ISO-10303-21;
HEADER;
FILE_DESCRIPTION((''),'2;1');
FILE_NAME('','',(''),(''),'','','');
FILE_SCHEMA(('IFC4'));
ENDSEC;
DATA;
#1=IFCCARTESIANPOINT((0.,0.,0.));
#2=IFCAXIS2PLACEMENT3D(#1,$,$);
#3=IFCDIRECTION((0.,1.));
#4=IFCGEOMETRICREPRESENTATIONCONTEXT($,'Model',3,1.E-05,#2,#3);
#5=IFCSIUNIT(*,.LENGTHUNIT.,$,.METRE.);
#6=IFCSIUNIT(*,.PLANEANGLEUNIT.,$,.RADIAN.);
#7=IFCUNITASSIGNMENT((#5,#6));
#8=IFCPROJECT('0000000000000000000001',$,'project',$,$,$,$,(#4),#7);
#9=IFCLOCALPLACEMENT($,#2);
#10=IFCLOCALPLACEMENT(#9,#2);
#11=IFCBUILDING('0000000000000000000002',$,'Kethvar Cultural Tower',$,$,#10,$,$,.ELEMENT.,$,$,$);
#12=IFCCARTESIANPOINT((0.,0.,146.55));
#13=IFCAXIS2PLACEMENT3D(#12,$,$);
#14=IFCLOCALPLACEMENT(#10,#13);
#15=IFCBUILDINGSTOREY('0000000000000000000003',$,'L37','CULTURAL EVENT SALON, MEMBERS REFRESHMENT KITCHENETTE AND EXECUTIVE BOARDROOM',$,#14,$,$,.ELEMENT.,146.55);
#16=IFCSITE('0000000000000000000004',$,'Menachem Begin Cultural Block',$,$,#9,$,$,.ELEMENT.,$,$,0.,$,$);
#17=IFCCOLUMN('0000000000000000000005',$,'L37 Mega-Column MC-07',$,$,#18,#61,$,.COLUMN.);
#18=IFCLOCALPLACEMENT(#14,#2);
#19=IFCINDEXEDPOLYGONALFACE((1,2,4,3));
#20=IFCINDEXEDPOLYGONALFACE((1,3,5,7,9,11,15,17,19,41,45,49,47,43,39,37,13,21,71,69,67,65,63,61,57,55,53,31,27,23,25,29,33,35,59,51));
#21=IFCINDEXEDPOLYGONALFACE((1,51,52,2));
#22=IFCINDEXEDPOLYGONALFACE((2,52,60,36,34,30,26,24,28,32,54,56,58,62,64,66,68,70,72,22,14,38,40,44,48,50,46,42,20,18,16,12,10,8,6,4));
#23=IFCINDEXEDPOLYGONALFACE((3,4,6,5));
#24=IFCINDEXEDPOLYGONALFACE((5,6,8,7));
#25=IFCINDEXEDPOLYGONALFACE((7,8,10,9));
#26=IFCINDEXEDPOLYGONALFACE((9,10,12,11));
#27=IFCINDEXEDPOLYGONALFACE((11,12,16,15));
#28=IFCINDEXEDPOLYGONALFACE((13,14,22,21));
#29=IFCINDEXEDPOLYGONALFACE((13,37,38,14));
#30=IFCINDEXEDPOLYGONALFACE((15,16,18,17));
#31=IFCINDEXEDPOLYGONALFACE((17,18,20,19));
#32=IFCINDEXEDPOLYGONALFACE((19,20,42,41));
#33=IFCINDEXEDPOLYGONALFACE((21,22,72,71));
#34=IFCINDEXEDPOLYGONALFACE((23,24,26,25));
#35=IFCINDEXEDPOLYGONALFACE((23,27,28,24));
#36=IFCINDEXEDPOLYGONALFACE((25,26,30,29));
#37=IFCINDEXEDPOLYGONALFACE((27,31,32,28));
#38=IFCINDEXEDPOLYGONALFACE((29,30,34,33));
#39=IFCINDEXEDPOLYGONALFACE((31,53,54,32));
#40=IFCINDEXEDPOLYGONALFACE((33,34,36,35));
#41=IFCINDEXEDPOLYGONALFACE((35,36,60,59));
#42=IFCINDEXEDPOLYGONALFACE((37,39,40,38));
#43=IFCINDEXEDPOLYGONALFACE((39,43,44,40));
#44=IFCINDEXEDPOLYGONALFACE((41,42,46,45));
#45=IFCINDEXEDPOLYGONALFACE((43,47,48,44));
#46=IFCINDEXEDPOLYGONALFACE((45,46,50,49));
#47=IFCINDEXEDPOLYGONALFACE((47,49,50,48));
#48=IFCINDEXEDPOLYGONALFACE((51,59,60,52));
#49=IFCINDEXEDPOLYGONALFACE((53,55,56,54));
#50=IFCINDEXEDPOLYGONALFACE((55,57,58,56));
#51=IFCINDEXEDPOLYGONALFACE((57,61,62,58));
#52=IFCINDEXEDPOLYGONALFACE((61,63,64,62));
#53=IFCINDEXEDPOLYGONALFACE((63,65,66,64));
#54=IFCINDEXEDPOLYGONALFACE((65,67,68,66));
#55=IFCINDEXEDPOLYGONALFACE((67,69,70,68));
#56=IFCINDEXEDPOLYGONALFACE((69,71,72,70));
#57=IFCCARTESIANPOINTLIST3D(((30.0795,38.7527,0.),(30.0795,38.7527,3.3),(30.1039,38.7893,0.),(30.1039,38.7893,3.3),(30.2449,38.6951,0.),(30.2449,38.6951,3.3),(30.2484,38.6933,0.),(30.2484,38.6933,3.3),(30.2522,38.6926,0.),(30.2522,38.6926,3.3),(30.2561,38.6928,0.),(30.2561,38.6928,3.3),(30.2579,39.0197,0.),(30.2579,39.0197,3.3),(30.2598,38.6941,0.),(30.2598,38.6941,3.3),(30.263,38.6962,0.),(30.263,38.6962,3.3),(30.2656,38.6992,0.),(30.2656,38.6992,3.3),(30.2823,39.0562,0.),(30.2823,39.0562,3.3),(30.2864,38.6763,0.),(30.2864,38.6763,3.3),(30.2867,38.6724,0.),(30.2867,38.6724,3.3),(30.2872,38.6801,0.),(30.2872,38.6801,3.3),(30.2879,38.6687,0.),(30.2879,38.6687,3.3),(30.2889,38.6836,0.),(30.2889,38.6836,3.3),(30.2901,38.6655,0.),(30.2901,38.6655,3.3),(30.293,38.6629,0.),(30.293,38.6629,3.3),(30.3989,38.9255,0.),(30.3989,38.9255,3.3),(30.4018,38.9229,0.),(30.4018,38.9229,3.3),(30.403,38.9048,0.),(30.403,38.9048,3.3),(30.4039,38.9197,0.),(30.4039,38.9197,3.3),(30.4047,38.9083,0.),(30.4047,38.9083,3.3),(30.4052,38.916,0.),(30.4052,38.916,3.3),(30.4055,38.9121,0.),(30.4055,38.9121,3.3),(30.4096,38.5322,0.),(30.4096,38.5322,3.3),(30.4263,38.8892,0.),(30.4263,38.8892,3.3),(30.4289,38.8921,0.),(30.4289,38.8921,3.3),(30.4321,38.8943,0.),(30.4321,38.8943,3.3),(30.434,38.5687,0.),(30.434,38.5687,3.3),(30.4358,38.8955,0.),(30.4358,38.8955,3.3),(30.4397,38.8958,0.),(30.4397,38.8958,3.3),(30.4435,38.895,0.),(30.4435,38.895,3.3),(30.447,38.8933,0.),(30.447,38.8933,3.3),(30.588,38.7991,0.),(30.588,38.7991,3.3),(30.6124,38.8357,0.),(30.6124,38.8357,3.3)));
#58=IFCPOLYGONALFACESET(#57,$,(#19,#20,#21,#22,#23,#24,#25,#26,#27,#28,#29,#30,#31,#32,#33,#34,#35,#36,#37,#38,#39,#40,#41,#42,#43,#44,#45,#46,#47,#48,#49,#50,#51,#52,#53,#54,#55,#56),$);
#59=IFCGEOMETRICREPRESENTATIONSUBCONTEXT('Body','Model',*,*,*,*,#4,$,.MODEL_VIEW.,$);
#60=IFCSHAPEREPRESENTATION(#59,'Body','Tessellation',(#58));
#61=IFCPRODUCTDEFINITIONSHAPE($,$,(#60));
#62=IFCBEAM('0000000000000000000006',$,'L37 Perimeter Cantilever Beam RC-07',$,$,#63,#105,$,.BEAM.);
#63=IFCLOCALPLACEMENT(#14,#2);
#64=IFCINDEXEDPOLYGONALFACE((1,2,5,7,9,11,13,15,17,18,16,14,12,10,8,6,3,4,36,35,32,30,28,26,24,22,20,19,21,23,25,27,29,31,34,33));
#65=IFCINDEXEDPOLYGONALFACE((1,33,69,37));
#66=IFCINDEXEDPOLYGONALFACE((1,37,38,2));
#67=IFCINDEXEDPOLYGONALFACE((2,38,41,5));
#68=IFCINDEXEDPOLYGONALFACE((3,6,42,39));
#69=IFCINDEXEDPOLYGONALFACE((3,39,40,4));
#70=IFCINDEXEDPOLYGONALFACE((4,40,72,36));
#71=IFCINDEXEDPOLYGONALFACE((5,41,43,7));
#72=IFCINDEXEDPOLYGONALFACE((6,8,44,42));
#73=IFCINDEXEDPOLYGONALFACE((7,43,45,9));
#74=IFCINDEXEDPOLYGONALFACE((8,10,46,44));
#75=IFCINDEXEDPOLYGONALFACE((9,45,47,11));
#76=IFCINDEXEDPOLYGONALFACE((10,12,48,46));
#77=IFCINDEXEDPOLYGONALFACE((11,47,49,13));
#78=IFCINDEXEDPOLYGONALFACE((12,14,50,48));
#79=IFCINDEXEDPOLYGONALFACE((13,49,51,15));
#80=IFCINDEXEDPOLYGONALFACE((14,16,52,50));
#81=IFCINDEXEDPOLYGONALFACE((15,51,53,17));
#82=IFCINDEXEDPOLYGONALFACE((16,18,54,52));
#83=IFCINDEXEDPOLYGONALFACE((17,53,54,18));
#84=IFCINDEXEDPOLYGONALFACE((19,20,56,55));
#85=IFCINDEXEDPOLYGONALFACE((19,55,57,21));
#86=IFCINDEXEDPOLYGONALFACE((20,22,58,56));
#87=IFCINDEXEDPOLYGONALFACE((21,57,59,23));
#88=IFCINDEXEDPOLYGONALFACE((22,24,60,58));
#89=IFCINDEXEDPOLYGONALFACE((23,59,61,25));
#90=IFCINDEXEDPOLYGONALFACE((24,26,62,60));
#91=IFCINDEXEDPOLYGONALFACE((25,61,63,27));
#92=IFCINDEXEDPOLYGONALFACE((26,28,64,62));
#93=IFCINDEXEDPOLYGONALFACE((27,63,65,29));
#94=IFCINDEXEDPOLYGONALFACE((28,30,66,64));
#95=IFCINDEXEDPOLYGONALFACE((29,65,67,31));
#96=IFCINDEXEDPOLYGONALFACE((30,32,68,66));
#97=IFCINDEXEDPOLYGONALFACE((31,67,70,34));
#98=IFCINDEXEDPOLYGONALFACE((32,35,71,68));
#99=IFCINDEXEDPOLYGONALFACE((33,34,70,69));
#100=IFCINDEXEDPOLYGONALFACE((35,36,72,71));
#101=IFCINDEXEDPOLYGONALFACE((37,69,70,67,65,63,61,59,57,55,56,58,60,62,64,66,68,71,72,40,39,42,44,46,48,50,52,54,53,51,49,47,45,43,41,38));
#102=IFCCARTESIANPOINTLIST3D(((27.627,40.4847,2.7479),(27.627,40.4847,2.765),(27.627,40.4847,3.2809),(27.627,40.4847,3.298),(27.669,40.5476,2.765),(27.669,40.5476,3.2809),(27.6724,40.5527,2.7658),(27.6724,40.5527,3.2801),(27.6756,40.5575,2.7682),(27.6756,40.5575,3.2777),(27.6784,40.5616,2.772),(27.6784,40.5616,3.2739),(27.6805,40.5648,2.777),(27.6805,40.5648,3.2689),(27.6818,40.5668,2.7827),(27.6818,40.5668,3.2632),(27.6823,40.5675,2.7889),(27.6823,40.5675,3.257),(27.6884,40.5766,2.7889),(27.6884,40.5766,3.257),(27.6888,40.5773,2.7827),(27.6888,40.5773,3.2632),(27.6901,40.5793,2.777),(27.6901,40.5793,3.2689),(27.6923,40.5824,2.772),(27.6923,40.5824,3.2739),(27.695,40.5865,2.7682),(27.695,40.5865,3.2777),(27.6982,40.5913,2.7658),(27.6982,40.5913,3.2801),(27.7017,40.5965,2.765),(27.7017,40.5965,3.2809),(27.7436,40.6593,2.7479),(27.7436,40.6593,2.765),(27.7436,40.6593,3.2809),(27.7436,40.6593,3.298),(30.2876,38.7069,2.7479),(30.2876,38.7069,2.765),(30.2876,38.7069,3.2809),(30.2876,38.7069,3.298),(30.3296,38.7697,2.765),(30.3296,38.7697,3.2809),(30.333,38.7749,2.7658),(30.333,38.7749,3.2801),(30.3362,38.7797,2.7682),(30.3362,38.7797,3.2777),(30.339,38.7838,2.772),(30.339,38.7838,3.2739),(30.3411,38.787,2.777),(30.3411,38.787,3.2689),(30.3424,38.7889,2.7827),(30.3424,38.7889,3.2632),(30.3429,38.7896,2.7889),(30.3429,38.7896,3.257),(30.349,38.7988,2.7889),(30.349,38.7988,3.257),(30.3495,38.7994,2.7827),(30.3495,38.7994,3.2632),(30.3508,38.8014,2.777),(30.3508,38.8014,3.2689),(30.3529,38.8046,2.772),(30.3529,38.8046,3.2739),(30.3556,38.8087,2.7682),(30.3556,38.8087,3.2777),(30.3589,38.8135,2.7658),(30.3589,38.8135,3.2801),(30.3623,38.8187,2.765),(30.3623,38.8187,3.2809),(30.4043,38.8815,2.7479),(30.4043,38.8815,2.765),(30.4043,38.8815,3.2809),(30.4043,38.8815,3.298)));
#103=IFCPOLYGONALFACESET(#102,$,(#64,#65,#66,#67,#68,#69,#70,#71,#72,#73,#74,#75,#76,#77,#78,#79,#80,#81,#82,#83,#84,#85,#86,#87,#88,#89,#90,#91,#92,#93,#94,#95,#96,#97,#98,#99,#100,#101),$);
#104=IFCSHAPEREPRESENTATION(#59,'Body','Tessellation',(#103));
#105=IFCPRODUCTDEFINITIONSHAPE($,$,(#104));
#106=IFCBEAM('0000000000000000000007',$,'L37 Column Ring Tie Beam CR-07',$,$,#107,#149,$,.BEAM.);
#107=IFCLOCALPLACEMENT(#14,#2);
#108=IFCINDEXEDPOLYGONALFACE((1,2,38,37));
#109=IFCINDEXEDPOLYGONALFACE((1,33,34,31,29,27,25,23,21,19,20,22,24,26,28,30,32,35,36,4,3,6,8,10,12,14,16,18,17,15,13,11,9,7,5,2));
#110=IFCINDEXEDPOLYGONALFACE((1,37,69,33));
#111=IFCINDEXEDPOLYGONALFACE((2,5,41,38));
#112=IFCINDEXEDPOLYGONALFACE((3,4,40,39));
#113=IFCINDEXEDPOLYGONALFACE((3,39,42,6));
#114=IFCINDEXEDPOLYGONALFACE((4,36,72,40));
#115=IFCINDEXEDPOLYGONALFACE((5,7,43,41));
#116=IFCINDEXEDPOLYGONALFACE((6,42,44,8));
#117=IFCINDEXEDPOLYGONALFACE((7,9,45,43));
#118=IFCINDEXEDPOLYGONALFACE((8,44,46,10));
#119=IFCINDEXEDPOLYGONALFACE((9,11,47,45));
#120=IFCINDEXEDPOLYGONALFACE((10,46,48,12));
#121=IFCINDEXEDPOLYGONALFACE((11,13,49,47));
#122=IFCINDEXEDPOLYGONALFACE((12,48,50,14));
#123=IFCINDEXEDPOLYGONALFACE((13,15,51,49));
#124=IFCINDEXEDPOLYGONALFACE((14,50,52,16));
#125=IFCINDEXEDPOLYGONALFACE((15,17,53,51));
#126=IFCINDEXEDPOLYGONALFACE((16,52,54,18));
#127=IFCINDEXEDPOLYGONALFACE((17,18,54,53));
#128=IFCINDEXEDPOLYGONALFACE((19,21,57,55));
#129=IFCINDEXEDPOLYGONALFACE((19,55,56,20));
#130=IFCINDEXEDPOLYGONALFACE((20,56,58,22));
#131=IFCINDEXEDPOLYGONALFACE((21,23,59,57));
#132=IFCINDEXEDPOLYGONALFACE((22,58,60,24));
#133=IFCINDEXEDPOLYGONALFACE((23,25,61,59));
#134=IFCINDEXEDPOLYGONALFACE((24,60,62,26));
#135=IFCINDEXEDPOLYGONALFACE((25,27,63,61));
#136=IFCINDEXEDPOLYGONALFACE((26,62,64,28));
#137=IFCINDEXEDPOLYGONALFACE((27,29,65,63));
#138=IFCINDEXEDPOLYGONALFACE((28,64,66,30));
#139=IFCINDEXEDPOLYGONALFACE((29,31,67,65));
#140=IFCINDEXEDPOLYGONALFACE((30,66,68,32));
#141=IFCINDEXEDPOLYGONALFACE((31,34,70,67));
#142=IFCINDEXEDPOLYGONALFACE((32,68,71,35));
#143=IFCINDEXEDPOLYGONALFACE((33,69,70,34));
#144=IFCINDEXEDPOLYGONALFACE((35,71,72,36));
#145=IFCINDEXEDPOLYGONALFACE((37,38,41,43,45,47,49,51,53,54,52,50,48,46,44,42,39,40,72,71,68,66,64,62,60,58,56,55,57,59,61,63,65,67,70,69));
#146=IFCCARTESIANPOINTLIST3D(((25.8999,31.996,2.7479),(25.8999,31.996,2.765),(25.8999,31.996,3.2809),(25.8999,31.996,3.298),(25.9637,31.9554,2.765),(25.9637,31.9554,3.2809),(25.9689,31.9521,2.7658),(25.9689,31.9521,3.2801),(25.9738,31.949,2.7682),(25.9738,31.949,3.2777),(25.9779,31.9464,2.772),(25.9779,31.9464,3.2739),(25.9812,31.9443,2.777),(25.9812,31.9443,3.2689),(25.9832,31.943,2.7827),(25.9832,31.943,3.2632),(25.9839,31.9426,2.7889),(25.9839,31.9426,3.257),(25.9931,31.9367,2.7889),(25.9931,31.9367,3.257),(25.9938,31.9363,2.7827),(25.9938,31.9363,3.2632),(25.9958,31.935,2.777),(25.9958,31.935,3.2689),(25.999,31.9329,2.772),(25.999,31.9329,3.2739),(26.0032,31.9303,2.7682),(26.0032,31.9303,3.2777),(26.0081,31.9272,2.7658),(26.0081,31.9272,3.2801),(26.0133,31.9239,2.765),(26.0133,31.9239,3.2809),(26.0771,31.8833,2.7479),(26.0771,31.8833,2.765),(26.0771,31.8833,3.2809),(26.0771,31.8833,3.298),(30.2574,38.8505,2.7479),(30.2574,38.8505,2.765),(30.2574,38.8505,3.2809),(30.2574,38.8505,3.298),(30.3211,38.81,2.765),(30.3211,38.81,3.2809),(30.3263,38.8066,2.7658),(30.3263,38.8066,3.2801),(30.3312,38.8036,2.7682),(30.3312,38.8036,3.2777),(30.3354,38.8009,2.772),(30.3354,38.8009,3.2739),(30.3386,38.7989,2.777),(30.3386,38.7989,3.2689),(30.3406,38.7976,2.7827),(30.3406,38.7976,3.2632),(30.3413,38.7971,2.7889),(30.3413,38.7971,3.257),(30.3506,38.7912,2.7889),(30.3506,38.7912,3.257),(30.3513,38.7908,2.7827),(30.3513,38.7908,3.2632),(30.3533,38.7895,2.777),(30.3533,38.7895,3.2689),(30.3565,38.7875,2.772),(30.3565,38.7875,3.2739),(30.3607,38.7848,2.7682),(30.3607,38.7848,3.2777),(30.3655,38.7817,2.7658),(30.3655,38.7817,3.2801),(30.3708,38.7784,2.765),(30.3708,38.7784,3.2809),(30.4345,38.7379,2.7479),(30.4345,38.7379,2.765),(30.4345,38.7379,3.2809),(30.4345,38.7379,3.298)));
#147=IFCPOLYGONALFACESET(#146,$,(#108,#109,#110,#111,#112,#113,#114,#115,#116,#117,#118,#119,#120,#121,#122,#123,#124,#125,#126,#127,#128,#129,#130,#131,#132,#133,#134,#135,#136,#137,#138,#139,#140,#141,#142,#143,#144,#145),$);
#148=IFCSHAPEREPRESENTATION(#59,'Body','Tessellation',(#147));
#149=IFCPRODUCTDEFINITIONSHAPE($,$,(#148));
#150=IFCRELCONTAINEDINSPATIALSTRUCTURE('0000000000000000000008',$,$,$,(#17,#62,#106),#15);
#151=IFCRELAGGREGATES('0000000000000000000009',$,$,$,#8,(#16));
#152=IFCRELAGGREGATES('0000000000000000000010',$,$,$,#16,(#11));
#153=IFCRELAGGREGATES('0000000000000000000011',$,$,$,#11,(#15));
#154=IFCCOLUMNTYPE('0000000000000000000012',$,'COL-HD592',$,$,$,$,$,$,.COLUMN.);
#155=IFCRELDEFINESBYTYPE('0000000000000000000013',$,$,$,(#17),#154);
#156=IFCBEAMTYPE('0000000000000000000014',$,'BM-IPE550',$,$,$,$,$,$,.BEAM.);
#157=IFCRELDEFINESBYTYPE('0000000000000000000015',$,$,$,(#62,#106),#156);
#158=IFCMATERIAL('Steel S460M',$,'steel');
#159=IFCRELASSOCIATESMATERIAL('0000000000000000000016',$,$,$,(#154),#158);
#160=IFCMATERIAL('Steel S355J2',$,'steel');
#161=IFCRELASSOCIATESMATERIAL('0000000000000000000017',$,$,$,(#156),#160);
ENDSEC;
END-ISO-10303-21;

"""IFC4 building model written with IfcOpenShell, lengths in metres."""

from ifc_helpers import new_model, si_unit, direction, frame, origin, origin_2d, place, context, subcontext, project, spatial, i_section, extrude, source, transform, mapped, material, material_profile, profile_set, type_object, element, save


model = new_model("IFC4")

# Units and contexts
model_context = context("Model", 3, precision=1e-05, world=origin(), true_north=direction((0.0, 1.0)))
body_context = subcontext(model_context, "Body", "Model", "MODEL_VIEW")
ifc_project = project(units=[si_unit("LENGTHUNIT", "METRE"), si_unit("PLANEANGLEUNIT", "RADIAN")], contexts=[model_context])

# Site, building, storey
site_placement = place(None, origin())
site = spatial("IfcSite", under=ifc_project, at=site_placement, Name="Menachem Begin Cultural Block", CompositionType="ELEMENT", RefElevation=0.0)
building_placement = place(site_placement, origin())
building = spatial("IfcBuilding", under=site, at=building_placement, Name="Kethvar Cultural Tower", CompositionType="ELEMENT")
storey_placement = place(building_placement, frame((0.0, 0.0, 146.55)))
storey = spatial("IfcBuildingStorey", under=building, at=storey_placement, Name="L37", Description="CULTURAL EVENT SALON, MEMBERS REFRESHMENT KITCHENETTE AND EXECUTIVE BOARDROOM", CompositionType="ELEMENT", Elevation=146.55)

# Column
ifc_material_1 = material(Name="Steel S460M", Category="steel")
ifc_material_profile_1 = material_profile(ifc_material_1, i_section(OverallWidth=0.397, OverallDepth=0.365, WebThickness=0.0281, FlangeThickness=0.0439, FilletRadius=0.0149, at=origin_2d()), Name="Steel S460M — HD400x592")
ifc_profile_set_1 = profile_set([ifc_material_profile_1], Name="Steel S460M — HD400x592")
column_type = type_object("IfcColumnType", Name="COL-HD592", PredefinedType="COLUMN", material=ifc_profile_set_1)
shared_shape_1 = source(origin(), body_context, "Body", "SweptSolid", [
    extrude(i_section(OverallWidth=0.397, OverallDepth=0.365, WebThickness=0.0281, FlangeThickness=0.0439, FilletRadius=0.0149, at=origin_2d()), origin(), (0.0, 0.0, 1.0), 3.3),
])
column_placement = place(storey_placement, frame((30.3459, 38.7942, 0.0), z_axis=(0.0, 0.0, 1.0), x_axis=(-0.83147, 0.55557, 0.0)))
element("IfcColumn", 1, at=column_placement, inside=storey, type_object=column_type, Name="L37 Mega-Column MC-07", PredefinedType="COLUMN", context=body_context, shape_type="MappedRepresentation", body=[
    mapped(shared_shape_1, transform((0.0, 0.0, 0.0), scale=1.0)),
])

# Beams
ifc_material_2 = material(Name="Steel S355J2", Category="steel")
ifc_material_profile_2 = material_profile(ifc_material_2, i_section(OverallWidth=0.21, OverallDepth=0.55, WebThickness=0.011, FlangeThickness=0.0171, FilletRadius=0.0239, at=origin_2d()), Name="Steel S355J2 — IPE550")
ifc_profile_set_2 = profile_set([ifc_material_profile_2], Name="Steel S355J2 — IPE550")
beam_type_1 = type_object("IfcBeamType", Name="BM-IPE550", PredefinedType="BEAM", material=ifc_profile_set_2)
shared_shape_2 = source(origin(), body_context, "Body", "SweptSolid", [
    extrude(i_section(OverallWidth=0.21, OverallDepth=0.55, WebThickness=0.011, FlangeThickness=0.0171, FilletRadius=0.0239, at=origin_2d()), origin(), (0.0, 0.0, 1.0), 3.2),
])
beam_1_placement = place(storey_placement, frame((30.3459, 38.7942, 3.0229), z_axis=(-0.831463, 0.55558, 0.0), x_axis=(-0.55558, -0.831463, 0.0)))
element("IfcBeam", 2, at=beam_1_placement, inside=storey, type_object=beam_type_1, Name="L37 Perimeter Cantilever Beam RC-07", PredefinedType="BEAM", context=body_context, shape_type="MappedRepresentation", body=[
    mapped(shared_shape_2, transform((0.0, 0.0, 0.0), scale=1.0)),
])
shared_shape_3 = source(origin(), body_context, "Body", "SweptSolid", [
    extrude(i_section(OverallWidth=0.21, OverallDepth=0.55, WebThickness=0.011, FlangeThickness=0.0171, FilletRadius=0.0239, at=origin_2d()), origin(), (0.0, 0.0, 1.0), 8.1223),
])
beam_2_placement = place(storey_placement, frame((30.3459, 38.7942, 3.0229), z_axis=(-0.536479, -0.843914, 0.0), x_axis=(0.843914, -0.536479, 0.0)))
element("IfcBeam", 3, at=beam_2_placement, inside=storey, type_object=beam_type_1, Name="L37 Column Ring Tie Beam CR-07", PredefinedType="BEAM", context=body_context, shape_type="MappedRepresentation", body=[
    mapped(shared_shape_3, transform((0.0, 0.0, 0.0), scale=1.0)),
])

save(model, "model.ifc")
